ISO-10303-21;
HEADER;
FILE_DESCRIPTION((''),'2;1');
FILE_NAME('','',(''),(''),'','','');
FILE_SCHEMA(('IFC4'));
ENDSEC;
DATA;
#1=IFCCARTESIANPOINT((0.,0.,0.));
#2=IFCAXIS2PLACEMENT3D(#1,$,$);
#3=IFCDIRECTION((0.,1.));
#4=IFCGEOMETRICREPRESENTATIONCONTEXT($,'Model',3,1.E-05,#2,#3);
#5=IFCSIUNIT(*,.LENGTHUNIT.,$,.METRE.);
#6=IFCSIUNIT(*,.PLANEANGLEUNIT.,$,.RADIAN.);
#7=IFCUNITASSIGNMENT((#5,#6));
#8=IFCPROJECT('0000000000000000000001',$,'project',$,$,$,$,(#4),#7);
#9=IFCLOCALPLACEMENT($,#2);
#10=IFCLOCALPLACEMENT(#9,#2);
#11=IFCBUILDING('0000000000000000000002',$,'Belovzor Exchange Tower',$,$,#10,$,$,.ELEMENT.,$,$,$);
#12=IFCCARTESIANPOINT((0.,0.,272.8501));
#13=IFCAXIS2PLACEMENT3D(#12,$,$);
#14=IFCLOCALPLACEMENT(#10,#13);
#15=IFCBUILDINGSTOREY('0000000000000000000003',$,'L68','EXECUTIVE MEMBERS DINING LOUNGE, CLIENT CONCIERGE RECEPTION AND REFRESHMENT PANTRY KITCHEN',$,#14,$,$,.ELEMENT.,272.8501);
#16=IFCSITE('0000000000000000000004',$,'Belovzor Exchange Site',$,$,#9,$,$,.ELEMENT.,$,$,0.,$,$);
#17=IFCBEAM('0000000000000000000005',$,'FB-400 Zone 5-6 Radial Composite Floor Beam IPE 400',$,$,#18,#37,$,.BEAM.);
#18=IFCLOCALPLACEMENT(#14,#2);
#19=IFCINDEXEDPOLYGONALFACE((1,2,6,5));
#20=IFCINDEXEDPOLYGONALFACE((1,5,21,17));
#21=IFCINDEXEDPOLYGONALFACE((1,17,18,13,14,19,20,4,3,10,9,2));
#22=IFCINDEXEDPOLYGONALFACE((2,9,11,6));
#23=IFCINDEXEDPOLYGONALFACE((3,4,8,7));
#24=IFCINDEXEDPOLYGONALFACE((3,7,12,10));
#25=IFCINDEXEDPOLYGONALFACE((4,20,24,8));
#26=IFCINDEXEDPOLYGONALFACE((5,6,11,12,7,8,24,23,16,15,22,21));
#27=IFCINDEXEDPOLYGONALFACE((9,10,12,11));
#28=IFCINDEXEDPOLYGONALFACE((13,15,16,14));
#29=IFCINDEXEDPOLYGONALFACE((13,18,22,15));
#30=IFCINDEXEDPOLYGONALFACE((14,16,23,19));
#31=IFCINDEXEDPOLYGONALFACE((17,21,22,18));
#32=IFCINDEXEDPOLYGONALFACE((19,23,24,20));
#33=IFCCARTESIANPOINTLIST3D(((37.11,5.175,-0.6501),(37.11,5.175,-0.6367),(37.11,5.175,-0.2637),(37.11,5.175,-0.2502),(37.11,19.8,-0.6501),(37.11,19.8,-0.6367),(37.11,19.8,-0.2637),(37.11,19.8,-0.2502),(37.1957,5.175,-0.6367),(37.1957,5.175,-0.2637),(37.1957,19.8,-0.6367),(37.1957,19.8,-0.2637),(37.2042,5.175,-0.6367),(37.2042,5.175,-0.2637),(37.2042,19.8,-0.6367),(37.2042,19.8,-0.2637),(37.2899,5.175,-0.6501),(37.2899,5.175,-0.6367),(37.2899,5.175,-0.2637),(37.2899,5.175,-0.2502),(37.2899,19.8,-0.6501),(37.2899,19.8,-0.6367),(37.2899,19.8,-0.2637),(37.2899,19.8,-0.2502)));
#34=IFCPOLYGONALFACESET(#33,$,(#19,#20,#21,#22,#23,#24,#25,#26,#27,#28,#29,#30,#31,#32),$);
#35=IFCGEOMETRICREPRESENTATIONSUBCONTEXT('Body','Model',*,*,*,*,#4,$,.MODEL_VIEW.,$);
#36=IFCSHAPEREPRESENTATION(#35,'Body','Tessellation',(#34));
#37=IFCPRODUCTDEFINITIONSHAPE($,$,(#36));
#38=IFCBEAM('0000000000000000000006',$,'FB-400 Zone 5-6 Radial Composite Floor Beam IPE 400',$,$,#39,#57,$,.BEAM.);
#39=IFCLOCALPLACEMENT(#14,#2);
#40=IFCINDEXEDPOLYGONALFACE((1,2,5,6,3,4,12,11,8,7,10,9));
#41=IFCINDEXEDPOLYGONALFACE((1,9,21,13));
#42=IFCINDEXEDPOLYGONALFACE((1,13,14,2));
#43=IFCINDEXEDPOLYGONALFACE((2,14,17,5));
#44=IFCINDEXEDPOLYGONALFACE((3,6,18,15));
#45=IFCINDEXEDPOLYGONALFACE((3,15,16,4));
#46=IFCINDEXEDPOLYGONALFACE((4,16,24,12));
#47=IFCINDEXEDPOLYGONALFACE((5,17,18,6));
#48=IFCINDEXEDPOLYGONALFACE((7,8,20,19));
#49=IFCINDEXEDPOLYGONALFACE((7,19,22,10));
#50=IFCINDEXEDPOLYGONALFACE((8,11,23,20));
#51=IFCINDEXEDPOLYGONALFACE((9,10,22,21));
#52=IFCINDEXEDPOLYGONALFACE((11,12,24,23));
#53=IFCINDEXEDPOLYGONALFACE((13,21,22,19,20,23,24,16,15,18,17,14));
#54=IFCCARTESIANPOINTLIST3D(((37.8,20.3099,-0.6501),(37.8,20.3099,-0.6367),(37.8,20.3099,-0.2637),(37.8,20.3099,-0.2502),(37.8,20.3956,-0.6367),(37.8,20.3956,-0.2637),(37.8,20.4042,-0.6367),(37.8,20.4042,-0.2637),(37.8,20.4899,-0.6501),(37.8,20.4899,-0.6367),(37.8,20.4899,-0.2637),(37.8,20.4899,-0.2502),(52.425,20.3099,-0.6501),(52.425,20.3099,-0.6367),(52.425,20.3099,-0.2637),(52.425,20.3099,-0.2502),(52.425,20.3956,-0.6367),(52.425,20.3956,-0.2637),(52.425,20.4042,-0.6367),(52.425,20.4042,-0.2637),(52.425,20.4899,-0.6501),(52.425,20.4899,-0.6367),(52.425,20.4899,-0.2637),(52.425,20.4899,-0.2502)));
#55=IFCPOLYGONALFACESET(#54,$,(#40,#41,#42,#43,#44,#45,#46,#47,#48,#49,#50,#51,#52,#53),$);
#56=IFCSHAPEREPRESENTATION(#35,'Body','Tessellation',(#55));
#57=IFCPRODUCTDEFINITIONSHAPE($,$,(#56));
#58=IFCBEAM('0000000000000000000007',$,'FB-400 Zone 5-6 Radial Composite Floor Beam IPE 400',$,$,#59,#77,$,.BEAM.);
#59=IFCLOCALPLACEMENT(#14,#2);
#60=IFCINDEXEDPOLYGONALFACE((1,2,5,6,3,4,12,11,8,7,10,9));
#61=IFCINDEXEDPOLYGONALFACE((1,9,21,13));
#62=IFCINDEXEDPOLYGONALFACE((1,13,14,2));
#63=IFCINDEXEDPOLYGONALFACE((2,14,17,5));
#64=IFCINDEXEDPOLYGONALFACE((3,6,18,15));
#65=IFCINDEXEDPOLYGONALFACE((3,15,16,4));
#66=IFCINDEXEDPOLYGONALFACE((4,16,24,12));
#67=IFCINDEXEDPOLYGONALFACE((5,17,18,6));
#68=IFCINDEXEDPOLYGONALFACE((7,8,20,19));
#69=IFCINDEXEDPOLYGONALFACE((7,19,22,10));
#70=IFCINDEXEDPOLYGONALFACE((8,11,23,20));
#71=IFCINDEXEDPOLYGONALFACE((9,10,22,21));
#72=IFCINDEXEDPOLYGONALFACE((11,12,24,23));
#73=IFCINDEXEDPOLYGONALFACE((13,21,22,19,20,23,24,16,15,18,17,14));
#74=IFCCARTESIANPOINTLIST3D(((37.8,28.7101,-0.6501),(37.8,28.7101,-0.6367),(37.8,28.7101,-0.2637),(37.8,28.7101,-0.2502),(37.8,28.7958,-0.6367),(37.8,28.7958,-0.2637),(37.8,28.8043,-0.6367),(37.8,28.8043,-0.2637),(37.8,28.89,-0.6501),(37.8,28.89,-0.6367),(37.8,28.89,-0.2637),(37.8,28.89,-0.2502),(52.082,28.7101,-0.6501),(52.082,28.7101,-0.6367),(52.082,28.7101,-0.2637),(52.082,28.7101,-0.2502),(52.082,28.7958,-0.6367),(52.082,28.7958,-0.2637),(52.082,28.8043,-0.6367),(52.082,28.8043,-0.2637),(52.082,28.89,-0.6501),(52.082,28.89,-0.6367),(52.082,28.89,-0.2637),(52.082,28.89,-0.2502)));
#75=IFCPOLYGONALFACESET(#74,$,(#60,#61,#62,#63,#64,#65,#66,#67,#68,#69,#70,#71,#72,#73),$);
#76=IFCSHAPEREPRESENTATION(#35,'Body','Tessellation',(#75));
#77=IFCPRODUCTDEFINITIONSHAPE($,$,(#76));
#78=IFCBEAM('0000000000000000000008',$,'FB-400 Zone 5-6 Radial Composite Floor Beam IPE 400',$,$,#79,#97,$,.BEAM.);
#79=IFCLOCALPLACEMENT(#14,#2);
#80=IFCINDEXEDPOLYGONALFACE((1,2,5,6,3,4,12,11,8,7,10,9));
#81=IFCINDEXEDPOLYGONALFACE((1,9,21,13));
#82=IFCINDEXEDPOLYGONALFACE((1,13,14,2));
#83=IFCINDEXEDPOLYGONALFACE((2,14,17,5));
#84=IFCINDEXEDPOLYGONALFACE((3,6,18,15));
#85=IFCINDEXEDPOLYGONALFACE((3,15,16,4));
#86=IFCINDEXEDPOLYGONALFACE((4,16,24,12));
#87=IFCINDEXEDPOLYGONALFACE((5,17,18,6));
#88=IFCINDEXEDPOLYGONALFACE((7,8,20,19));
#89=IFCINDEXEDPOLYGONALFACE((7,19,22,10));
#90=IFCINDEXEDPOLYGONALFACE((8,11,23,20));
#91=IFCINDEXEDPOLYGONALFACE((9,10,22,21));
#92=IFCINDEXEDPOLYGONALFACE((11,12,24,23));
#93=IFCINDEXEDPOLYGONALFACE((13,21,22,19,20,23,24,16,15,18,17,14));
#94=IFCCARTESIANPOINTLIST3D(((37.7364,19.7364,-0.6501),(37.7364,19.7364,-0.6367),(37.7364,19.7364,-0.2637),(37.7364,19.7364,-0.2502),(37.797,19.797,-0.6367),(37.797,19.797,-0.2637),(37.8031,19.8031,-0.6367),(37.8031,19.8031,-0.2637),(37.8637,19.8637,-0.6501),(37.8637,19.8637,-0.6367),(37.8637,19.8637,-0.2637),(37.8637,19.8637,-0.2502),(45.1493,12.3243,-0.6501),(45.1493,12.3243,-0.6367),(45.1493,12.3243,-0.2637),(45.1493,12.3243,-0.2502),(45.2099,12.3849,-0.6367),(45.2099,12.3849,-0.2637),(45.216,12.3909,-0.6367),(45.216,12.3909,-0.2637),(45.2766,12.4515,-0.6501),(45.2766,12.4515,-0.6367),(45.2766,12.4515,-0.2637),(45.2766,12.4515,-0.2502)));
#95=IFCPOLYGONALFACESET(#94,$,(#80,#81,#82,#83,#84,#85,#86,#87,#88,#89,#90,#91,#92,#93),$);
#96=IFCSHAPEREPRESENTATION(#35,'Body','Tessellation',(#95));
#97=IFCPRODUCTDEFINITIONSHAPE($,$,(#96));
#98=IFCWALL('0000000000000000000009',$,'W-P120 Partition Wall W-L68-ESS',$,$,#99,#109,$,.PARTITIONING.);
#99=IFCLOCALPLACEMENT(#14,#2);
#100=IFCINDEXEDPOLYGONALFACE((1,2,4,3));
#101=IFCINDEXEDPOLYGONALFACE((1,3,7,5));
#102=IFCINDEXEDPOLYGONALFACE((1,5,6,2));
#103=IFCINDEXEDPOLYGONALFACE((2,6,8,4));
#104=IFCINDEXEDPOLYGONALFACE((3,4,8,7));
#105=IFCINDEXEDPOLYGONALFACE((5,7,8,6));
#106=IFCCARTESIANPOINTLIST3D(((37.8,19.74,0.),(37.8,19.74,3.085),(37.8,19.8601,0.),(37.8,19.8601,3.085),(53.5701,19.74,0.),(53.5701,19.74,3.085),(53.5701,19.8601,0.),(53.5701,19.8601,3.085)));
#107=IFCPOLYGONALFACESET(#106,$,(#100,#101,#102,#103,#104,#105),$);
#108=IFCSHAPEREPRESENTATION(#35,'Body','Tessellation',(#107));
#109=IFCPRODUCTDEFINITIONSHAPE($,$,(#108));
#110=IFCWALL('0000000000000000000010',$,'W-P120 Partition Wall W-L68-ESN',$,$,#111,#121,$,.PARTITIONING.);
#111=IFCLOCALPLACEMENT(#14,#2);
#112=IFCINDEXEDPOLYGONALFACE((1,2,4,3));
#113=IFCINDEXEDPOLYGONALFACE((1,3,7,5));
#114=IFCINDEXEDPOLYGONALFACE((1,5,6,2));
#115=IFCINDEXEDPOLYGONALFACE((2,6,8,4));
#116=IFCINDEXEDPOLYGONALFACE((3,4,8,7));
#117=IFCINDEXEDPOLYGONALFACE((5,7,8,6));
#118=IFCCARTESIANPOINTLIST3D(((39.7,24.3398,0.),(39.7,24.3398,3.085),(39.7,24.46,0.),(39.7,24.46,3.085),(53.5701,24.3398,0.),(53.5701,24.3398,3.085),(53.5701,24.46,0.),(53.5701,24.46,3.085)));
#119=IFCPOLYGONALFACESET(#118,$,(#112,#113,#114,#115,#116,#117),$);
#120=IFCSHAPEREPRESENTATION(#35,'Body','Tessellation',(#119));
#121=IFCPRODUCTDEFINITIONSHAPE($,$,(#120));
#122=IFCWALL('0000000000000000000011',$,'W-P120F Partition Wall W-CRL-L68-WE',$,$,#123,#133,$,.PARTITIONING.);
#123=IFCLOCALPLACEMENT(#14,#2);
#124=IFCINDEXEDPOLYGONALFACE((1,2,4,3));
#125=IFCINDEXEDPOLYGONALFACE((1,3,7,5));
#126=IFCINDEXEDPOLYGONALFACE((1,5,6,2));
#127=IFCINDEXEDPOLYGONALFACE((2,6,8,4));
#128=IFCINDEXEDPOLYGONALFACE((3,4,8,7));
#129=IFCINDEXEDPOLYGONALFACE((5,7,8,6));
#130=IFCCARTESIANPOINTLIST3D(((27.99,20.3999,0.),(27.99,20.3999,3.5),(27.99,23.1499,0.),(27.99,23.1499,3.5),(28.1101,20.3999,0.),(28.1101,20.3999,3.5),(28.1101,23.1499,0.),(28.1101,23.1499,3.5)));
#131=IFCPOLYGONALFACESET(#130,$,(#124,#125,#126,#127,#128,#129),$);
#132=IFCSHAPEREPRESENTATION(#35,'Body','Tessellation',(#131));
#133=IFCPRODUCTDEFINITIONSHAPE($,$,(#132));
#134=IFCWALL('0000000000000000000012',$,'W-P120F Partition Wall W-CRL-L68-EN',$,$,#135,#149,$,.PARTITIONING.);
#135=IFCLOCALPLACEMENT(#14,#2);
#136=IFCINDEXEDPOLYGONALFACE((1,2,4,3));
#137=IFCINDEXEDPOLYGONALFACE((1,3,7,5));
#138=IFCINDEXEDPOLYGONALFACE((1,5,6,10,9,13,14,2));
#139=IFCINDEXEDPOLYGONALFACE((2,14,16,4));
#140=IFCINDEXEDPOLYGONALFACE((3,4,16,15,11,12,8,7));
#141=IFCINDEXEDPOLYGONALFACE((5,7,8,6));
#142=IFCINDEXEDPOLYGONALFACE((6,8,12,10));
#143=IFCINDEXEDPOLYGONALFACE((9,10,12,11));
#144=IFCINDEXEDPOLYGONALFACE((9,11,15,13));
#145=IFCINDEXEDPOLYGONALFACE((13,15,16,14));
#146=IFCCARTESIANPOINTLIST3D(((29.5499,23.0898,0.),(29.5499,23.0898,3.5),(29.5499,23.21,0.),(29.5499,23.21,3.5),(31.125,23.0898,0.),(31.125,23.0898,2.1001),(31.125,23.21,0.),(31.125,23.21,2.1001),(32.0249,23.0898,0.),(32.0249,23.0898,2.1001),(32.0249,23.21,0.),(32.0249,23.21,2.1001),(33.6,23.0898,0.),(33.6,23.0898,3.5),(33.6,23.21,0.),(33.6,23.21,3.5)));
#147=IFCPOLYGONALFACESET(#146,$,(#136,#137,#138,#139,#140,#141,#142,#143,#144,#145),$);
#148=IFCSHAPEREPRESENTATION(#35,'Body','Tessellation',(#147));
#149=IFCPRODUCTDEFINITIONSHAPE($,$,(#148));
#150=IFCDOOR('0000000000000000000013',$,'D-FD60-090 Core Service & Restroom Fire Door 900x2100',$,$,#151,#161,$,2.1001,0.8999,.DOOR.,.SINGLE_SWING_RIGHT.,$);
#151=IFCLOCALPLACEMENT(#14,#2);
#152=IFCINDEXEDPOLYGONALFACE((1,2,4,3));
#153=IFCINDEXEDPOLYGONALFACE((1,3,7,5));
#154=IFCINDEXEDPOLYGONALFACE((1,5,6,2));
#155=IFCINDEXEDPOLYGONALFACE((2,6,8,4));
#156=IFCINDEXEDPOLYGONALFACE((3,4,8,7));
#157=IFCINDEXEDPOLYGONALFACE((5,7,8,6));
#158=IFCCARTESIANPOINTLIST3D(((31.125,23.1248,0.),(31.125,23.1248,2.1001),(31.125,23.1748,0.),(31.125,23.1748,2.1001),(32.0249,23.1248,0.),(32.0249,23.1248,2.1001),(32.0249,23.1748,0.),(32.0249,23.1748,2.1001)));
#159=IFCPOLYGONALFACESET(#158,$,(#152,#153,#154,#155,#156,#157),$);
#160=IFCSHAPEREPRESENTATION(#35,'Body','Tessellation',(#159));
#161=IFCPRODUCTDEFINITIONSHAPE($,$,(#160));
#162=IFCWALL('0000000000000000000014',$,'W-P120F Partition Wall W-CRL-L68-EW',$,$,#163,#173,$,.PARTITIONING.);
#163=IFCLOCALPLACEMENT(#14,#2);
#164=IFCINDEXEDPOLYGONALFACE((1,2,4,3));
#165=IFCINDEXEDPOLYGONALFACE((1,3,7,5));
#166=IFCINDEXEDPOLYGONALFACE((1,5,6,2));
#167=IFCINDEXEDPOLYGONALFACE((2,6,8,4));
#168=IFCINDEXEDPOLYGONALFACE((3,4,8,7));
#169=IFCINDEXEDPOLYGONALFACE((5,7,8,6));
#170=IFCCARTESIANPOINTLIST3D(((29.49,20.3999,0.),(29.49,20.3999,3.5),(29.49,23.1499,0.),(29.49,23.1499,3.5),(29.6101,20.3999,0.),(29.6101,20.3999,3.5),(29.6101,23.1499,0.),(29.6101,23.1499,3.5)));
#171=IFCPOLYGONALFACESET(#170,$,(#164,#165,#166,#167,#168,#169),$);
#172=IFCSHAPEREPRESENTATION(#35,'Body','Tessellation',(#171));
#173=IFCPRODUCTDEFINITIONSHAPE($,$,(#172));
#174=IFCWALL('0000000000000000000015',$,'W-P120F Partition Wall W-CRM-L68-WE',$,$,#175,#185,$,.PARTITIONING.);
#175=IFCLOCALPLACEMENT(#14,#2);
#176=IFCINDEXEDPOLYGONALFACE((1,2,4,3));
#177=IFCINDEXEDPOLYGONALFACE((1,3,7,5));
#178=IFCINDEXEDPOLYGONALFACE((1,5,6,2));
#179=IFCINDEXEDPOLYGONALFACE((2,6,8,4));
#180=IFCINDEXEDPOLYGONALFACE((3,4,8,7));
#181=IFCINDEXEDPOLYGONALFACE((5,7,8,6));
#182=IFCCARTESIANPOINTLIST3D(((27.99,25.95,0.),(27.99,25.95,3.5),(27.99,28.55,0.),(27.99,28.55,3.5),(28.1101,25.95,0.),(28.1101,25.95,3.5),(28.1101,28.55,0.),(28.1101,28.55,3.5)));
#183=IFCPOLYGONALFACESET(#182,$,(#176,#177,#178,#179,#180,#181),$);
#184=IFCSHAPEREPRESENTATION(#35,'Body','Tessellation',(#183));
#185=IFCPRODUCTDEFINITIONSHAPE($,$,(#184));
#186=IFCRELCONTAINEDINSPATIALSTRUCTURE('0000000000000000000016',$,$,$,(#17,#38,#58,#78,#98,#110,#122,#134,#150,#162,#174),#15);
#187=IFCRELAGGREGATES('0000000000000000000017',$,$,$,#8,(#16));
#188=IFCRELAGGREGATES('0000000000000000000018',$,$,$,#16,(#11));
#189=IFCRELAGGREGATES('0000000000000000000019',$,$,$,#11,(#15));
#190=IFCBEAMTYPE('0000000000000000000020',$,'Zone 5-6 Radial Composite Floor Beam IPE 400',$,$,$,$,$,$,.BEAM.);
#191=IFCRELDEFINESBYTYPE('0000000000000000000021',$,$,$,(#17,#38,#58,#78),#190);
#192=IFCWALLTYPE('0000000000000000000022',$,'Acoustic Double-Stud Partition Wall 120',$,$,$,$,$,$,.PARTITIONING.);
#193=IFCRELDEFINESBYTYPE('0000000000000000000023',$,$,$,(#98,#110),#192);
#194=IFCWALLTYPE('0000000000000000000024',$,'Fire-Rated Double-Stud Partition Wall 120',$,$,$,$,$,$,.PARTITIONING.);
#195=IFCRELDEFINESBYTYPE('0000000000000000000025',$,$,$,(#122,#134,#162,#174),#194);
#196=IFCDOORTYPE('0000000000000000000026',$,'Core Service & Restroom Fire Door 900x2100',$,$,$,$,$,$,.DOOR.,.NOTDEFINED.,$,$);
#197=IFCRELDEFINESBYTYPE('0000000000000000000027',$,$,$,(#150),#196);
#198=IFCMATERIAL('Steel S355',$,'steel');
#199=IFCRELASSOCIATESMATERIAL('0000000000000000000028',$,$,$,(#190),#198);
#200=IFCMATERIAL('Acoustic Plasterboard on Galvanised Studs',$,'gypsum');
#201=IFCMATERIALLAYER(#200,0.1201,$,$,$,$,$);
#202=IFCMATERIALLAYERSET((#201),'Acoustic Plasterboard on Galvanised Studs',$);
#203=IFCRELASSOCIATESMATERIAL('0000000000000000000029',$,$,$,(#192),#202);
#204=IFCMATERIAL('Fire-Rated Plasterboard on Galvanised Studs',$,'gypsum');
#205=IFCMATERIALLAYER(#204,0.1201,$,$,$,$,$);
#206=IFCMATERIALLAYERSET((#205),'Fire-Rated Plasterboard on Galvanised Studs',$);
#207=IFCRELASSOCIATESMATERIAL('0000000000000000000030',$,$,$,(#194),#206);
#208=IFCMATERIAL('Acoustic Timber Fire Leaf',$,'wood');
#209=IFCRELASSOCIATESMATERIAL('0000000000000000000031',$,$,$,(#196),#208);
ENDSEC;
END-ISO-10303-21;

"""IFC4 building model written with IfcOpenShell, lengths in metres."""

from ifc_helpers import new_model, si_unit, direction, frame, frame_2d, origin, origin_2d, place, context, subcontext, project, spatial, rectangle, i_section, extrude, material, layer, layer_set, material_profile, profile_set, type_object, element, fill, save


model = new_model("IFC4")

# Units and contexts
model_context = context("Model", 3, precision=1e-05, world=origin(), true_north=direction((0.0, 1.0)))
body_context = subcontext(model_context, "Body", "Model", "MODEL_VIEW")
ifc_project = project(units=[si_unit("LENGTHUNIT", "METRE"), si_unit("PLANEANGLEUNIT", "RADIAN")], contexts=[model_context])

# Site, building, storey
site_placement = place(None, origin())
site = spatial("IfcSite", under=ifc_project, at=site_placement, Name="Belovzor Exchange Site", CompositionType="ELEMENT", RefElevation=0.0)
building_placement = place(site_placement, origin())
building = spatial("IfcBuilding", under=site, at=building_placement, Name="Belovzor Exchange Tower", CompositionType="ELEMENT")
storey_placement = place(building_placement, frame((0.0, 0.0, 272.8501)))
storey = spatial("IfcBuildingStorey", under=building, at=storey_placement, Name="L68", Description="EXECUTIVE MEMBERS DINING LOUNGE, CLIENT CONCIERGE RECEPTION AND REFRESHMENT PANTRY KITCHEN", CompositionType="ELEMENT", Elevation=272.8501)

# Beams
ifc_material_1 = material(Name="Steel S355", Category="steel")
ifc_material_profile = material_profile(ifc_material_1, i_section(OverallWidth=0.1799, OverallDepth=0.3999, WebThickness=0.0085, FlangeThickness=0.0134, at=origin_2d()))
ifc_profile_set = profile_set([ifc_material_profile], Name="Steel S355")
beam_type = type_object("IfcBeamType", Name="Zone 5-6 Radial Composite Floor Beam IPE 400", PredefinedType="BEAM", material=ifc_profile_set)
for number, where, z_axis, x_axis, name in (
    (1, (37.2, 19.8, -0.4502), (0.0, -1.0, 0.0), (1.0, 0.0, 0.0), "FB-400 Zone 5-6 Radial Composite Floor Beam IPE 400"),
    (2, (37.8, 20.3999, -0.4502), (1.0, 0.0, 0.0), (0.0, 1.0, 0.0), "FB-400 Zone 5-6 Radial Composite Floor Beam IPE 400"),
):
    element("IfcBeam", number, at=place(storey_placement, frame(where, z_axis=z_axis, x_axis=x_axis)), inside=storey, type_object=beam_type, Name=name, PredefinedType="BEAM", context=body_context, shape_type="SweptSolid", body=[
        extrude(i_section(OverallWidth=0.1799, OverallDepth=0.3999, WebThickness=0.0085, FlangeThickness=0.0134, at=origin_2d()), origin(), (0.0, 0.0, 1.0), 14.625),
    ])
beam_1_placement = place(storey_placement, frame((37.8, 28.8, -0.4502), z_axis=(1.0, 0.0, 0.0), x_axis=(0.0, 1.0, 0.0)))
element("IfcBeam", 3, at=beam_1_placement, inside=storey, type_object=beam_type, Name="FB-400 Zone 5-6 Radial Composite Floor Beam IPE 400", PredefinedType="BEAM", context=body_context, shape_type="SweptSolid", body=[
    extrude(i_section(OverallWidth=0.1799, OverallDepth=0.3999, WebThickness=0.0085, FlangeThickness=0.0134, at=origin_2d()), origin(), (0.0, 0.0, 1.0), 14.282),
])
beam_2_placement = place(storey_placement, frame((37.8, 19.8, -0.4502), z_axis=(0.707142, -0.707072, 0.0), x_axis=(0.707072, 0.707142, 0.0)))
element("IfcBeam", 4, at=beam_2_placement, inside=storey, type_object=beam_type, Name="FB-400 Zone 5-6 Radial Composite Floor Beam IPE 400", PredefinedType="BEAM", context=body_context, shape_type="SweptSolid", body=[
    extrude(i_section(OverallWidth=0.1799, OverallDepth=0.3999, WebThickness=0.0085, FlangeThickness=0.0134, at=origin_2d()), origin(), (0.0, 0.0, 1.0), 10.4829),
])

# Walls
ifc_material_2 = material(Name="Acoustic Plasterboard on Galvanised Studs", Category="gypsum")
ifc_layer_1 = layer(ifc_material_2, 0.1201)
ifc_layer_set_1 = layer_set([ifc_layer_1], Name="Acoustic Plasterboard on Galvanised Studs")
wall_type_1 = type_object("IfcWallType", Name="Acoustic Double-Stud Partition Wall 120", PredefinedType="PARTITIONING", material=ifc_layer_set_1)
wall_1_placement = place(storey_placement, frame((37.8, 19.8, 0.0), z_axis=(0.0, 0.0, 1.0), x_axis=(1.0, 0.0, 0.0)))
element("IfcWall", 5, at=wall_1_placement, inside=storey, type_object=wall_type_1, Name="W-P120 Partition Wall W-L68-ESS", PredefinedType="PARTITIONING", context=body_context, shape_type="SweptSolid", body=[
    extrude(rectangle(XDim=15.77, YDim=0.1201, at=frame_2d((7.885, 0.0))), origin(), (0.0, 0.0, 1.0), 3.085),
])
wall_2_placement = place(storey_placement, frame((39.7, 24.3999, 0.0), z_axis=(0.0, 0.0, 1.0), x_axis=(1.0, 0.0, 0.0)))
element("IfcWall", 6, at=wall_2_placement, inside=storey, type_object=wall_type_1, Name="W-P120 Partition Wall W-L68-ESN", PredefinedType="PARTITIONING", context=body_context, shape_type="SweptSolid", body=[
    extrude(rectangle(XDim=13.8701, YDim=0.1201, at=frame_2d((6.9351, 0.0))), origin(), (0.0, 0.0, 1.0), 3.085),
])
ifc_material_3 = material(Name="Fire-Rated Plasterboard on Galvanised Studs", Category="gypsum")
ifc_layer_2 = layer(ifc_material_3, 0.1201)
ifc_layer_set_2 = layer_set([ifc_layer_2], Name="Fire-Rated Plasterboard on Galvanised Studs")
wall_type_2 = type_object("IfcWallType", Name="Fire-Rated Double-Stud Partition Wall 120", PredefinedType="PARTITIONING", material=ifc_layer_set_2)
wall_3_placement = place(storey_placement, frame((28.05, 20.3999, 0.0), z_axis=(0.0, 0.0, 1.0), x_axis=(0.0, 1.0, 0.0)))
element("IfcWall", 7, at=wall_3_placement, inside=storey, type_object=wall_type_2, Name="W-P120F Partition Wall W-CRL-L68-WE", PredefinedType="PARTITIONING", context=body_context, shape_type="SweptSolid", body=[
    extrude(rectangle(XDim=2.75, YDim=0.1201, at=frame_2d((1.375, 0.0))), origin(), (0.0, 0.0, 1.0), 3.5),
])

# Wall, opening, door
wall_4_placement = place(storey_placement, frame((29.55, 23.1499, 0.0), z_axis=(0.0, 0.0, 1.0), x_axis=(1.0, 0.0, 0.0)))
wall_4 = element("IfcWall", 8, at=wall_4_placement, inside=storey, type_object=wall_type_2, Name="W-P120F Partition Wall W-CRL-L68-EN", PredefinedType="PARTITIONING", context=body_context, shape_type="SweptSolid", body=[
    extrude(rectangle(XDim=4.05, YDim=0.1201, at=frame_2d((2.0249, 0.0))), origin(), (0.0, 0.0, 1.0), 3.5),
])
opening_1_placement = place(wall_4_placement, frame((1.575, 0.0, 0.0)))
opening_1 = element("IfcOpeningElement", 9, at=opening_1_placement, cuts=wall_4, PredefinedType="OPENING", context=body_context, shape_type="SweptSolid", body=[
    extrude(rectangle(XDim=0.8999, YDim=2.1001, at=frame_2d((0.45, 1.05))), frame((0.0, 0.0701, 0.0), z_axis=(0.0, -1.0, 0.0), x_axis=(1.0, 0.0, 0.0)), (0.0, 0.0, 1.0), 0.1401),
])
ifc_material_4 = material(Name="Acoustic Timber Fire Leaf", Category="wood")
door_type_1 = type_object("IfcDoorType", Name="Core Service & Restroom Fire Door 900x2100", OperationType="NOTDEFINED", PredefinedType="DOOR", material=ifc_material_4)
door_1_placement = place(opening_1_placement, origin())
door_1 = element("IfcDoor", 10, at=door_1_placement, inside=storey, type_object=door_type_1, Name="D-FD60-090 Core Service & Restroom Fire Door 900x2100", OperationType="SINGLE_SWING_RIGHT", OverallHeight=2.1001, OverallWidth=0.8999, PredefinedType="DOOR", context=body_context, shape_type="SweptSolid", body=[
    extrude(rectangle(XDim=0.8999, YDim=2.1001, at=frame_2d((0.45, 1.05))), frame((0.0, 0.0249, 0.0), z_axis=(0.0, -1.0, 0.0), x_axis=(1.0, 0.0, 0.0)), (0.0, 0.0, 1.0), 0.05),
])
fill(opening_1, door_1)

# Walls
wall_5_placement = place(storey_placement, frame((29.55, 20.3999, 0.0), z_axis=(0.0, 0.0, 1.0), x_axis=(0.0, 1.0, 0.0)))
element("IfcWall", 11, at=wall_5_placement, inside=storey, type_object=wall_type_2, Name="W-P120F Partition Wall W-CRL-L68-EW", PredefinedType="PARTITIONING", context=body_context, shape_type="SweptSolid", body=[
    extrude(rectangle(XDim=2.75, YDim=0.1201, at=frame_2d((1.375, 0.0))), origin(), (0.0, 0.0, 1.0), 3.5),
])
wall_6_placement = place(storey_placement, frame((28.05, 25.95, 0.0), z_axis=(0.0, 0.0, 1.0), x_axis=(0.0, 1.0, 0.0)))
element("IfcWall", 12, at=wall_6_placement, inside=storey, type_object=wall_type_2, Name="W-P120F Partition Wall W-CRM-L68-WE", PredefinedType="PARTITIONING", context=body_context, shape_type="SweptSolid", body=[
    extrude(rectangle(XDim=2.6001, YDim=0.1201, at=frame_2d((1.3, 0.0))), origin(), (0.0, 0.0, 1.0), 3.5),
])

save(model, "model.ifc")
